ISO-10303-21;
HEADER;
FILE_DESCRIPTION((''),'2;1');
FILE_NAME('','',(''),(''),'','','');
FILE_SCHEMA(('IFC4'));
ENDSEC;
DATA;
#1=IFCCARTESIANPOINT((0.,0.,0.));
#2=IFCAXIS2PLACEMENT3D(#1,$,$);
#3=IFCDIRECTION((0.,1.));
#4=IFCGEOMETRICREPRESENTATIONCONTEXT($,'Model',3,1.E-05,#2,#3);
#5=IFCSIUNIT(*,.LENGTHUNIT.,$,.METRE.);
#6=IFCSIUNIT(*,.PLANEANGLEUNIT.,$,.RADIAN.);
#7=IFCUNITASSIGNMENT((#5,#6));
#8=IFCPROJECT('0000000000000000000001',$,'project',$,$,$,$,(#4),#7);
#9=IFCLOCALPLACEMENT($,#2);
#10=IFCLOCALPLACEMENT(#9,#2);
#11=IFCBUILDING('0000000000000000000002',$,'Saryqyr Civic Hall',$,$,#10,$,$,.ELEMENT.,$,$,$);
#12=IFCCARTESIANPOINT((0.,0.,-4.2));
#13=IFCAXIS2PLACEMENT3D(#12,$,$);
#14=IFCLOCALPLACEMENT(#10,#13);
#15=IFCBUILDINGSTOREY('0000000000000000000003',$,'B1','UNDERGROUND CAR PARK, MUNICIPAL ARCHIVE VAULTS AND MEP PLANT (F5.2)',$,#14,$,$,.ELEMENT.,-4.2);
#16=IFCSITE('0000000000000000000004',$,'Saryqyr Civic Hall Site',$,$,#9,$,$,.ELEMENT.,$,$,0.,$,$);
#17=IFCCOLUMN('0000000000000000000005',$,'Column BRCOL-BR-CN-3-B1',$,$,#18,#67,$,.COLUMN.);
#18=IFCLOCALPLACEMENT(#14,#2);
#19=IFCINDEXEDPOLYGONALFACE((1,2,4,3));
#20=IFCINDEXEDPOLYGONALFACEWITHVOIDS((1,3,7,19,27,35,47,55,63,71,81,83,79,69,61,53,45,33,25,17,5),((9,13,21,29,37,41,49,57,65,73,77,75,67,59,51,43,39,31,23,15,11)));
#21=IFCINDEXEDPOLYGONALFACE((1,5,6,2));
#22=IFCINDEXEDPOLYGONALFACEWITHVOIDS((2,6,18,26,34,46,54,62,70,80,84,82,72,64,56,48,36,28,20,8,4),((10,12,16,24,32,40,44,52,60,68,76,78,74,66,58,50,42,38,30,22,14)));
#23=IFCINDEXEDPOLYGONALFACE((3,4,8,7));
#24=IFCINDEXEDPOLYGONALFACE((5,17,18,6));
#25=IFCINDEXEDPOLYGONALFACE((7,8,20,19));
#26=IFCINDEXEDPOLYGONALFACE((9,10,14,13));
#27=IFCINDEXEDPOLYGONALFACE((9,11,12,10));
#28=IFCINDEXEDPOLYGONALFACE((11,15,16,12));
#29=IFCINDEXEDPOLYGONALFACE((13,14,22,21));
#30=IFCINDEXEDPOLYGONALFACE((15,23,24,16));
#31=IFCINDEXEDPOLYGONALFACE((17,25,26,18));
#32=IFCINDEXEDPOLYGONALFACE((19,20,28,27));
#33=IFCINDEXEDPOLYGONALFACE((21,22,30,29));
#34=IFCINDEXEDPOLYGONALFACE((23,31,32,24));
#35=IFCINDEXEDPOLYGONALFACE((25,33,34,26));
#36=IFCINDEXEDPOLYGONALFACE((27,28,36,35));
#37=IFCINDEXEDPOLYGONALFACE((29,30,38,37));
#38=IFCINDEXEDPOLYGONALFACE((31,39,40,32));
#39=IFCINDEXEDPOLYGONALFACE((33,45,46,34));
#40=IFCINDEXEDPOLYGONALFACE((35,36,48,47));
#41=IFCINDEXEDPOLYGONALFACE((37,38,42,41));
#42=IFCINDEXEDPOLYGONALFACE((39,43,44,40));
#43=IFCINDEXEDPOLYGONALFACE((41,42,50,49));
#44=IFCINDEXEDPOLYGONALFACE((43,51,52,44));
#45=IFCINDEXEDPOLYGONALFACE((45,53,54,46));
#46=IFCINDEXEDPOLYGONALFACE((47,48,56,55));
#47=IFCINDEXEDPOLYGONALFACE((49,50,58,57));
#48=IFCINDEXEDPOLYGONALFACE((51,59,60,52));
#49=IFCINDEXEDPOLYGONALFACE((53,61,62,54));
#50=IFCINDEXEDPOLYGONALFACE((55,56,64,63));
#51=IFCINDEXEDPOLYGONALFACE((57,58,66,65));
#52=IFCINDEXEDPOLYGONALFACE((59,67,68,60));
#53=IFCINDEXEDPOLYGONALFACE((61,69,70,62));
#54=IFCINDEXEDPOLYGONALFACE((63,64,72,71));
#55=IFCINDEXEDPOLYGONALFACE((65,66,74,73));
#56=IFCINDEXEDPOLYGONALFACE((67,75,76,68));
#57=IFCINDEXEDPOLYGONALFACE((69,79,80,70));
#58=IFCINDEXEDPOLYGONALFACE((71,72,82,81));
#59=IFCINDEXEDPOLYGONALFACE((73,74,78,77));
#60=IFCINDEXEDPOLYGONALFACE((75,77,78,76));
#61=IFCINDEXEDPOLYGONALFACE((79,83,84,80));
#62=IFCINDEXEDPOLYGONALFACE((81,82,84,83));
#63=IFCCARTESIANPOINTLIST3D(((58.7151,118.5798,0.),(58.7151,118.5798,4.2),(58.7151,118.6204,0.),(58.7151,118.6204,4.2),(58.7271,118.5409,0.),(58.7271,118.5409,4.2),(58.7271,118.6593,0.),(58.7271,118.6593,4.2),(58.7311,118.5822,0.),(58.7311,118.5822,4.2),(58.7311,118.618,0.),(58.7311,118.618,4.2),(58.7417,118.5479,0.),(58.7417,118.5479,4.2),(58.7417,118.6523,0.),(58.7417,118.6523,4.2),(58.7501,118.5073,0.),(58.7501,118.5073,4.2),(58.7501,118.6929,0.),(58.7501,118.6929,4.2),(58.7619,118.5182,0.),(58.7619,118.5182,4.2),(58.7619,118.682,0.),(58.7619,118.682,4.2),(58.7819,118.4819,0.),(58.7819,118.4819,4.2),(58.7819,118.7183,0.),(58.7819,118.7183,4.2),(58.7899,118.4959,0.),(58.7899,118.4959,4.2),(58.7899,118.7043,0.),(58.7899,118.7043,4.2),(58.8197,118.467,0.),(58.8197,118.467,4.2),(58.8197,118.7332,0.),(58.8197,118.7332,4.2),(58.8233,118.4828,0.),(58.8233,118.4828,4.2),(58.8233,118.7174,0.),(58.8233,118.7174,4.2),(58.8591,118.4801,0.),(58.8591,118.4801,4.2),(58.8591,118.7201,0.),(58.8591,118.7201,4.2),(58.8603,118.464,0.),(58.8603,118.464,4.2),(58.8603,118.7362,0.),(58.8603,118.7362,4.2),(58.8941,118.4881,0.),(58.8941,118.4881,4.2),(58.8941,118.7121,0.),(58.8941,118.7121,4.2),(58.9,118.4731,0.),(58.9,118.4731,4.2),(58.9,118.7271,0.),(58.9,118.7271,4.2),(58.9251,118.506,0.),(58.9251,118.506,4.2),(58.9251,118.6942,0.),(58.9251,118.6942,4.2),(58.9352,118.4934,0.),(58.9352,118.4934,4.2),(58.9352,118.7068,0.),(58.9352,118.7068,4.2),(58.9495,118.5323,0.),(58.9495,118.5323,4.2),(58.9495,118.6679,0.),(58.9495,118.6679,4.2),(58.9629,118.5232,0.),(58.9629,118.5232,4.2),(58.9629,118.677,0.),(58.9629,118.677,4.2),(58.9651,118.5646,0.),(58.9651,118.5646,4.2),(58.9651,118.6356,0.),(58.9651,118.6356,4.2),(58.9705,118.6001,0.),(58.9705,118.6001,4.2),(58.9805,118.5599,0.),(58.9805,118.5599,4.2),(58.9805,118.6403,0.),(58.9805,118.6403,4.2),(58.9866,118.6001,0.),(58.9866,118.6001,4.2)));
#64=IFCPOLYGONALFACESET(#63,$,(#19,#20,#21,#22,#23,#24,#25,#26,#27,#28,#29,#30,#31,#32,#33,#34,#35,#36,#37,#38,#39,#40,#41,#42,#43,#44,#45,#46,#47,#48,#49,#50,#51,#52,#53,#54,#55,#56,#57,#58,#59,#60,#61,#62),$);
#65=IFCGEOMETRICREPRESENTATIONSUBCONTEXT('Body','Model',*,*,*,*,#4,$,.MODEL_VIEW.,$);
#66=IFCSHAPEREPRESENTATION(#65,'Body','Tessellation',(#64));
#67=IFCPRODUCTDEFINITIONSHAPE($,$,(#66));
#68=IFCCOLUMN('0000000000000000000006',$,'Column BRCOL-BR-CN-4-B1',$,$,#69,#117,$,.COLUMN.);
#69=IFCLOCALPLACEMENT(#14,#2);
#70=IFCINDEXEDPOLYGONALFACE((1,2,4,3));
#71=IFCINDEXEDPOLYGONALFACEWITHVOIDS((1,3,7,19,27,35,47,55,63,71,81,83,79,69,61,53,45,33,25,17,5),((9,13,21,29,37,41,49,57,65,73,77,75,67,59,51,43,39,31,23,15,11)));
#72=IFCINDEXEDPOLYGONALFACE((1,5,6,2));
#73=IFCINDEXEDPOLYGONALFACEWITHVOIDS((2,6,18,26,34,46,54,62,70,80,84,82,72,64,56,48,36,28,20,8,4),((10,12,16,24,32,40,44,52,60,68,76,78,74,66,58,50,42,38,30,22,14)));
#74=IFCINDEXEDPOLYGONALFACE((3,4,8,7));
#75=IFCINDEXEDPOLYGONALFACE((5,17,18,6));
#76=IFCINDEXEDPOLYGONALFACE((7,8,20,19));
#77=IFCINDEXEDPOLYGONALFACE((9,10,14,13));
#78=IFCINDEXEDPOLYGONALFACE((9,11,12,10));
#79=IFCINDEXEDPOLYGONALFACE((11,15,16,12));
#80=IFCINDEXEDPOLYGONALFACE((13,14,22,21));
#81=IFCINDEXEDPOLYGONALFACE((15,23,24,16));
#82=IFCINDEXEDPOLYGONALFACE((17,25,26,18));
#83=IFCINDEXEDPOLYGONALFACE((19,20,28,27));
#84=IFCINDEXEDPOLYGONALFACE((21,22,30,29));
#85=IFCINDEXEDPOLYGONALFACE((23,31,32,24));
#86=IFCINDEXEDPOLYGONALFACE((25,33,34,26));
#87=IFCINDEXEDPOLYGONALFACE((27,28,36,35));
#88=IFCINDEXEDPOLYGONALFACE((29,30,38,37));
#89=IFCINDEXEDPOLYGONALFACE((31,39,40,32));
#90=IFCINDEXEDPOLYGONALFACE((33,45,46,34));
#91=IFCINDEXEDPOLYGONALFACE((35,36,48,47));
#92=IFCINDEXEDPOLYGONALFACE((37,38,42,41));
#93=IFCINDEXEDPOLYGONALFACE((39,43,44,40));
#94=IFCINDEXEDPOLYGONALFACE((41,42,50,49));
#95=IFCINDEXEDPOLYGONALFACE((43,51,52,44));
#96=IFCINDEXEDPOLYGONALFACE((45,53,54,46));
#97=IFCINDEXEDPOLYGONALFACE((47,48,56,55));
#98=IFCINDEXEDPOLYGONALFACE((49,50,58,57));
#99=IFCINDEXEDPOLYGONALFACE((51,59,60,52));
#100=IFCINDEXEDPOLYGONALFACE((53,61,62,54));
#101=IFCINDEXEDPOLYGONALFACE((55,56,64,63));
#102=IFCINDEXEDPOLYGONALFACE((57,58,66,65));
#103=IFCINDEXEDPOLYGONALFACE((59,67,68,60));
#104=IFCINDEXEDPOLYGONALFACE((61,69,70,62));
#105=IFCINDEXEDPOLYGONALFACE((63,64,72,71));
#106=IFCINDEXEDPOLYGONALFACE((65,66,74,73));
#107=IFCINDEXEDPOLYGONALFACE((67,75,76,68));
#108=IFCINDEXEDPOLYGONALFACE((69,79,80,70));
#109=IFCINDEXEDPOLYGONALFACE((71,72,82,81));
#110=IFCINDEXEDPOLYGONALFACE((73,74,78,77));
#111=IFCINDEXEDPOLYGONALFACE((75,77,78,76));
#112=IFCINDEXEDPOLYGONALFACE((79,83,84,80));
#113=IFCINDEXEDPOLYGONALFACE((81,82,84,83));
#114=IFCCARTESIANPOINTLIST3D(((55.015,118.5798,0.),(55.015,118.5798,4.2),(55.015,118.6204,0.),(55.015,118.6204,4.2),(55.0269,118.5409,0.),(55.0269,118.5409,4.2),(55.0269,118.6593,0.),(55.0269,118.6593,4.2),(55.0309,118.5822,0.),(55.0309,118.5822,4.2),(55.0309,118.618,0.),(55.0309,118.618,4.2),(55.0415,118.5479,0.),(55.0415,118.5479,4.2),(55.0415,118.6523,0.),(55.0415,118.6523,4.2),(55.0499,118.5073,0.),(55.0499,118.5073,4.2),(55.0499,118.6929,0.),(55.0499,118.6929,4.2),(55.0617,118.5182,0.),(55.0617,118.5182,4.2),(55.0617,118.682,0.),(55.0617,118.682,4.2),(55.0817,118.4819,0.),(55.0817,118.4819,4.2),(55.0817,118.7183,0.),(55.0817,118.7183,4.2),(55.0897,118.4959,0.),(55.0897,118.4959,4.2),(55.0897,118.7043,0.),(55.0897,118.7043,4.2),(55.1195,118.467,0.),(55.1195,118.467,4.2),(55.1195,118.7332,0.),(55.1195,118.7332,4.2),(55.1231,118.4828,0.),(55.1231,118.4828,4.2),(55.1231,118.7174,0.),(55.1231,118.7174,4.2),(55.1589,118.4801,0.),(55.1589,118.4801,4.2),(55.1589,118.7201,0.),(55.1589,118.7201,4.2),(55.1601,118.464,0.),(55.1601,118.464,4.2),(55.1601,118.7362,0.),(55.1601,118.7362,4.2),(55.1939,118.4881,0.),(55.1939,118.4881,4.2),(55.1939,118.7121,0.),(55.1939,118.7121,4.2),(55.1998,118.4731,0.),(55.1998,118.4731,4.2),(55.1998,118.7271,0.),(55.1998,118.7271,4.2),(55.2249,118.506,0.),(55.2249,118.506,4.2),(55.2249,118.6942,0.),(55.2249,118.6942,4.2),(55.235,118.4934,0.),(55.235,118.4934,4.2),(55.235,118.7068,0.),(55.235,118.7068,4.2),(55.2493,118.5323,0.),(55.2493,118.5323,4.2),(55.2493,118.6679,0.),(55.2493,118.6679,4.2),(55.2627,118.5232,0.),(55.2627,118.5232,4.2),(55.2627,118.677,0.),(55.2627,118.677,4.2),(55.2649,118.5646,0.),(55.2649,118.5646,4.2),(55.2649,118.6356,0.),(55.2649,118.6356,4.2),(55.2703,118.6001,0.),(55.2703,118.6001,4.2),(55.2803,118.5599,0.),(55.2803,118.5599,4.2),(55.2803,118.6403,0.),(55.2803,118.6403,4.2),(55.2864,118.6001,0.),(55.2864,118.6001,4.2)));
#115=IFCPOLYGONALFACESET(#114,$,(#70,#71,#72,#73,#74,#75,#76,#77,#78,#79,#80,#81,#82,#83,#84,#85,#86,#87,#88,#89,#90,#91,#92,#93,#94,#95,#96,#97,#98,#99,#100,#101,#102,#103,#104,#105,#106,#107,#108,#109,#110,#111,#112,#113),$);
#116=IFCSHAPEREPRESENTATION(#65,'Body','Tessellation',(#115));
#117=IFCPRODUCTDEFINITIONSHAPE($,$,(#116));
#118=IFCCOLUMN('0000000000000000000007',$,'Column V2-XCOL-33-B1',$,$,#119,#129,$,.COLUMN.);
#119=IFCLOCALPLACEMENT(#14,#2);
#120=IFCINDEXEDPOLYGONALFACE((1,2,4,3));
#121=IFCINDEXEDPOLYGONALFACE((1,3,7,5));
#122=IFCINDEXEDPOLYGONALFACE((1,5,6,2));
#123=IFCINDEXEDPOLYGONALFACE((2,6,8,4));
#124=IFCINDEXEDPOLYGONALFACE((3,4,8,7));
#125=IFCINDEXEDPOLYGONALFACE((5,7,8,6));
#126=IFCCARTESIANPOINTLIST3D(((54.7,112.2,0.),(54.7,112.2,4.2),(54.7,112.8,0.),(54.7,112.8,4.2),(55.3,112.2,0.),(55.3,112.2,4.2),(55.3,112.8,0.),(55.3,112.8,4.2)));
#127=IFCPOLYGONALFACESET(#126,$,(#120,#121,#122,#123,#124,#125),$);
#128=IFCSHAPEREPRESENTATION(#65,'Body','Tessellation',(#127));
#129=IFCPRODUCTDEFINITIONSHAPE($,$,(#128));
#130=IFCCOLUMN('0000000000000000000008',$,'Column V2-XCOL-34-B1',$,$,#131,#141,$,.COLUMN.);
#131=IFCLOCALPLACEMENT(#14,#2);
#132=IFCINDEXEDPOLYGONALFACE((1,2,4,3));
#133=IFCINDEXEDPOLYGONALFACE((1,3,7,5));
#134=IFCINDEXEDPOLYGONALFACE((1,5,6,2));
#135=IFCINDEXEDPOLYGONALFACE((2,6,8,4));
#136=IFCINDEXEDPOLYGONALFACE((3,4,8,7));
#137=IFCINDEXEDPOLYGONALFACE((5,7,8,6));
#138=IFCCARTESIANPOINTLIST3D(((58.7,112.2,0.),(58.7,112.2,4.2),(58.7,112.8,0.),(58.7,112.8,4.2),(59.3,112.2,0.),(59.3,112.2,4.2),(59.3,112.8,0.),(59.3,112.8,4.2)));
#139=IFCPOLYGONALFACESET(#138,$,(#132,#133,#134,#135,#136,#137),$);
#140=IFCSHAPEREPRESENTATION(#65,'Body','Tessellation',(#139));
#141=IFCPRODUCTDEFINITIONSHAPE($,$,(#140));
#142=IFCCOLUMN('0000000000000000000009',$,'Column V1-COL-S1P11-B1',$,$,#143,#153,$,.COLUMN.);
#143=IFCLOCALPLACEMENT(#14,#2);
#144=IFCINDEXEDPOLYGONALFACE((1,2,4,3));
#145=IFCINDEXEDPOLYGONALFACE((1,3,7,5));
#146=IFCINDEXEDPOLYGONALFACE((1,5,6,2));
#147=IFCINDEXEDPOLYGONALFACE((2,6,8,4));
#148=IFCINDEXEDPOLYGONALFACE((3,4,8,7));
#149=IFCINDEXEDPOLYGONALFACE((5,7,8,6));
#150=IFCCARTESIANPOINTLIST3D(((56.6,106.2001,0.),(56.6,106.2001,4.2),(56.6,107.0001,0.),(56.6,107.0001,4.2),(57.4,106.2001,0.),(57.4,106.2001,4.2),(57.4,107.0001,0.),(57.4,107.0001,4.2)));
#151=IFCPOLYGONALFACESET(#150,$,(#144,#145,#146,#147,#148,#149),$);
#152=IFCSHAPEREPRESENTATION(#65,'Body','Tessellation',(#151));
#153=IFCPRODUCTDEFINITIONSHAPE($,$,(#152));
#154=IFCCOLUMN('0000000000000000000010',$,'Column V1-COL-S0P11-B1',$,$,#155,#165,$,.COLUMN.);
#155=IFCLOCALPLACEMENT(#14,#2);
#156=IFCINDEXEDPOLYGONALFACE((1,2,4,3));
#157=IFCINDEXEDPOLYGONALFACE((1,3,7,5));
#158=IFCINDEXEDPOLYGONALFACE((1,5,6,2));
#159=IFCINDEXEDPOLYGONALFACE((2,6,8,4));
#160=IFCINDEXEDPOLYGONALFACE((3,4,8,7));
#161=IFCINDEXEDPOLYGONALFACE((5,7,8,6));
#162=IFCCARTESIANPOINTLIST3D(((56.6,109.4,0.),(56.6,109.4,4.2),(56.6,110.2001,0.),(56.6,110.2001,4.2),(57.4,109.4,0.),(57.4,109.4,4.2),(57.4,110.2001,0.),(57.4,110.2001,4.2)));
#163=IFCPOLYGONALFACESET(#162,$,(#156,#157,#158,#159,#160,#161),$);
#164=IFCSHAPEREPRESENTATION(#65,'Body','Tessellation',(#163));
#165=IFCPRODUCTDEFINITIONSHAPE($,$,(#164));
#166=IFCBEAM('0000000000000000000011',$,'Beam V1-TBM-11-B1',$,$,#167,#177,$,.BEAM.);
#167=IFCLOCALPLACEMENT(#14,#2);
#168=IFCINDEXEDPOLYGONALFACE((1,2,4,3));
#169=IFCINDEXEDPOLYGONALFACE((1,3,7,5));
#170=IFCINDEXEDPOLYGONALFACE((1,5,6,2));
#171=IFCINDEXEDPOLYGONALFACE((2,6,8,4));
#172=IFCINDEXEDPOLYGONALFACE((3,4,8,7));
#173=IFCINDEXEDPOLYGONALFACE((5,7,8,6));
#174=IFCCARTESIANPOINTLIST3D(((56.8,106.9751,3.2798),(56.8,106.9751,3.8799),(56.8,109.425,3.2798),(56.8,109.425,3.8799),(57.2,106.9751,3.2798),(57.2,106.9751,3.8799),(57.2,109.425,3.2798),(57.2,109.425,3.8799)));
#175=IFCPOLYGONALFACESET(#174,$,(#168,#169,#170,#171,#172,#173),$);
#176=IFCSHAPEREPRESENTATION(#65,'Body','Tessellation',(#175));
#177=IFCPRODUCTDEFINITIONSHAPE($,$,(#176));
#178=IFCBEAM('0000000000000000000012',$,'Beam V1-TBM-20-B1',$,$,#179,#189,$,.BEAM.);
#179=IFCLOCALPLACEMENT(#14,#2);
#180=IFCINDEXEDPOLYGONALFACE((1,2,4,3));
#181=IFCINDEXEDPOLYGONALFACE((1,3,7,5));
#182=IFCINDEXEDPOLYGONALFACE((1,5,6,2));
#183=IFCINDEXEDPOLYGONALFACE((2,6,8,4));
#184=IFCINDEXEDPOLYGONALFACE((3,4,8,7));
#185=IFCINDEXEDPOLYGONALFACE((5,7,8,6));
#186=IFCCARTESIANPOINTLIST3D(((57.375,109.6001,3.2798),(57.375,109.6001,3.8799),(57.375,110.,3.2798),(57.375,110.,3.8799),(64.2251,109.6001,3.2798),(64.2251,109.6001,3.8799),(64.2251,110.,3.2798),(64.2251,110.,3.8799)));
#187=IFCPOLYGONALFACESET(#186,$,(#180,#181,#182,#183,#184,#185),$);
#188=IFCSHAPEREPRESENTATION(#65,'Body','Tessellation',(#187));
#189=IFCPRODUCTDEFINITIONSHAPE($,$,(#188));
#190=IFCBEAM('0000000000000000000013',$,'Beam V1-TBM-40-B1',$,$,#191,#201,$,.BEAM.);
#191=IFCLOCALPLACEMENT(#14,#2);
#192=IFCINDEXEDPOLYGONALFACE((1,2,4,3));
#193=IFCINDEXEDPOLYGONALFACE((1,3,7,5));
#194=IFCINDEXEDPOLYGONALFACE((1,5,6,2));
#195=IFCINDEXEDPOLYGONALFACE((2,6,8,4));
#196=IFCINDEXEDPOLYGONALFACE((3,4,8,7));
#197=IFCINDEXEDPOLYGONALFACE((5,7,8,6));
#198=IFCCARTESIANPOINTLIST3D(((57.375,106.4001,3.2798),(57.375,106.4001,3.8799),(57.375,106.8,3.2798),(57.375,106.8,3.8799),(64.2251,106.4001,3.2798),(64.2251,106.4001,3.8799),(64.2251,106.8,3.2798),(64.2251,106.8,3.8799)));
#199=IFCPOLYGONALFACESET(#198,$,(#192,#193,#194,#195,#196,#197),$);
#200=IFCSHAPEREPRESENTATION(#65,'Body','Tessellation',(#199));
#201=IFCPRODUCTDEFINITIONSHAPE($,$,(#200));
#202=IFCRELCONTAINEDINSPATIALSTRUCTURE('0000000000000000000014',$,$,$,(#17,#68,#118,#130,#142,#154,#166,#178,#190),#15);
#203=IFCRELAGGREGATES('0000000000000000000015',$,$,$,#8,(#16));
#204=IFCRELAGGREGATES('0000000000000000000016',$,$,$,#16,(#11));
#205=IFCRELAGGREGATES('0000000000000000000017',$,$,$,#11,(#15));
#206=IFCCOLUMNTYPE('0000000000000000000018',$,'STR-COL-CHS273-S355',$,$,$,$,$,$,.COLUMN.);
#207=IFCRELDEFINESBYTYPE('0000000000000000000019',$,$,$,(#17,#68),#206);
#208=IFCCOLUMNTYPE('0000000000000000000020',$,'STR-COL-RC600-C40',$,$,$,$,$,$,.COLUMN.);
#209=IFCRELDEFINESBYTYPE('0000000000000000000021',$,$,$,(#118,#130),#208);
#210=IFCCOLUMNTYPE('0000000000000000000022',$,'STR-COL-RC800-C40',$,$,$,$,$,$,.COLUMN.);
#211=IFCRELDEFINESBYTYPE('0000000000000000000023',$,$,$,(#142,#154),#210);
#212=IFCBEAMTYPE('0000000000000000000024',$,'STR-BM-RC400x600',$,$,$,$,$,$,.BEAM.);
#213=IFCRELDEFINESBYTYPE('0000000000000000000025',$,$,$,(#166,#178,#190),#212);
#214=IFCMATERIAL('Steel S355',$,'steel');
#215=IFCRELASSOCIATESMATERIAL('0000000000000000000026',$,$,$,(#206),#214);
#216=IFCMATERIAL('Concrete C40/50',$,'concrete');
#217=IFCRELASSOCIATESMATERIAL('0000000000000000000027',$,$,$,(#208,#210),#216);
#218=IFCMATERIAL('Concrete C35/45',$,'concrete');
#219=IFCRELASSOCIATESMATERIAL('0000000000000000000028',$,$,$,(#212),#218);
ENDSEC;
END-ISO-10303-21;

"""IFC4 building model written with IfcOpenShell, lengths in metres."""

from ifc_helpers import new_model, si_unit, direction, frame, origin, origin_2d, place, context, subcontext, project, spatial, rectangle, hollow_circle, extrude, material, material_profile, profile_set, type_object, element, save


model = new_model("IFC4")

# Units and contexts
model_context = context("Model", 3, precision=1e-05, world=origin(), true_north=direction((0.0, 1.0)))
body_context = subcontext(model_context, "Body", "Model", "MODEL_VIEW")
ifc_project = project(units=[si_unit("LENGTHUNIT", "METRE"), si_unit("PLANEANGLEUNIT", "RADIAN")], contexts=[model_context])

# Site, building, storey
site_placement = place(None, origin())
site = spatial("IfcSite", under=ifc_project, at=site_placement, Name="Saryqyr Civic Hall Site", CompositionType="ELEMENT", RefElevation=0.0)
building_placement = place(site_placement, origin())
building = spatial("IfcBuilding", under=site, at=building_placement, Name="Saryqyr Civic Hall", CompositionType="ELEMENT")
storey_placement = place(building_placement, frame((0.0, 0.0, -4.2)))
storey = spatial("IfcBuildingStorey", under=building, at=storey_placement, Name="B1", Description="UNDERGROUND CAR PARK, MUNICIPAL ARCHIVE VAULTS AND MEP PLANT (F5.2)", CompositionType="ELEMENT", Elevation=-4.2)

# Shared definitions
ifc_material_1 = material(Name="Concrete C35/45", Category="concrete")

# Columns
ifc_material_2 = material(Name="Steel S355", Category="steel")
ifc_material_profile_1 = material_profile(ifc_material_2, hollow_circle(Radius=0.1365, WallThickness=0.0161, at=origin_2d()), Name="CHS 273x16")
ifc_profile_set_1 = profile_set([ifc_material_profile_1], Name="Steel S355")
column_type_1 = type_object("IfcColumnType", Name="STR-COL-CHS273-S355", PredefinedType="COLUMN", material=ifc_profile_set_1)
for number, where, z_axis, x_axis, name in (
    (1, (58.8501, 118.6001, 0.0), (0.0, 0.0, 1.0), (1.0, 0.0, 0.0), "Column BRCOL-BR-CN-3-B1"),
    (2, (55.1499, 118.6001, 0.0), (0.0, 0.0, 1.0), (1.0, 0.0, 0.0), "Column BRCOL-BR-CN-4-B1"),
):
    element("IfcColumn", number, at=place(storey_placement, frame(where, z_axis=z_axis, x_axis=x_axis)), inside=storey, type_object=column_type_1, Name=name, PredefinedType="COLUMN", context=body_context, shape_type="SweptSolid", body=[
        extrude(hollow_circle(Radius=0.1365, WallThickness=0.0161, at=origin_2d()), origin(), (0.0, 0.0, 1.0), 4.2),
    ])
ifc_material_3 = material(Name="Concrete C40/50", Category="concrete")
ifc_material_profile_2 = material_profile(ifc_material_3, rectangle(XDim=0.6001, YDim=0.6001, at=origin_2d()), Name="RC 600x600")
ifc_profile_set_2 = profile_set([ifc_material_profile_2], Name="Concrete C40/50")
column_type_2 = type_object("IfcColumnType", Name="STR-COL-RC600-C40", PredefinedType="COLUMN", material=ifc_profile_set_2)
for number, where, z_axis, x_axis, name in (
    (3, (55.0, 112.5, 0.0), (0.0, 0.0, 1.0), (1.0, 0.0, 0.0), "Column V2-XCOL-33-B1"),
    (4, (59.0, 112.5, 0.0), (0.0, 0.0, 1.0), (1.0, 0.0, 0.0), "Column V2-XCOL-34-B1"),
):
    element("IfcColumn", number, at=place(storey_placement, frame(where, z_axis=z_axis, x_axis=x_axis)), inside=storey, type_object=column_type_2, Name=name, PredefinedType="COLUMN", context=body_context, shape_type="SweptSolid", body=[
        extrude(rectangle(XDim=0.6001, YDim=0.6001, at=origin_2d()), origin(), (0.0, 0.0, 1.0), 4.2),
    ])
ifc_material_profile_3 = material_profile(ifc_material_3, rectangle(XDim=0.8, YDim=0.8, at=origin_2d()), Name="RC 800x800")
ifc_profile_set_3 = profile_set([ifc_material_profile_3], Name="Concrete C40/50")
column_type_3 = type_object("IfcColumnType", Name="STR-COL-RC800-C40", PredefinedType="COLUMN", material=ifc_profile_set_3)
for number, where, z_axis, x_axis, name in (
    (5, (57.0, 106.6001, 0.0), (0.0, 0.0, 1.0), (1.0, 0.0, 0.0), "Column V1-COL-S1P11-B1"),
    (6, (57.0, 109.8, 0.0), (0.0, 0.0, 1.0), (1.0, 0.0, 0.0), "Column V1-COL-S0P11-B1"),
):
    element("IfcColumn", number, at=place(storey_placement, frame(where, z_axis=z_axis, x_axis=x_axis)), inside=storey, type_object=column_type_3, Name=name, PredefinedType="COLUMN", context=body_context, shape_type="SweptSolid", body=[
        extrude(rectangle(XDim=0.8, YDim=0.8, at=origin_2d()), origin(), (0.0, 0.0, 1.0), 4.2),
    ])

# Beams
ifc_material_profile_4 = material_profile(ifc_material_1, rectangle(XDim=0.3999, YDim=0.6001, at=origin_2d()), Name="RC 400x600")
ifc_profile_set_4 = profile_set([ifc_material_profile_4], Name="Concrete C35/45")
beam_type = type_object("IfcBeamType", Name="STR-BM-RC400x600", PredefinedType="BEAM", material=ifc_profile_set_4)
beam_placement = place(storey_placement, frame((57.0, 106.9751, 3.5798), z_axis=(0.0, 1.0, 0.0), x_axis=(-1.0, 0.0, 0.0)))
element("IfcBeam", 7, at=beam_placement, inside=storey, type_object=beam_type, Name="Beam V1-TBM-11-B1", PredefinedType="BEAM", context=body_context, shape_type="SweptSolid", body=[
    extrude(rectangle(XDim=0.3999, YDim=0.6001, at=origin_2d()), origin(), (0.0, 0.0, 1.0), 2.45),
])
for number, where, z_axis, x_axis, name in (
    (8, (57.375, 109.8, 3.5798), (1.0, 0.0, 0.0), (0.0, 1.0, 0.0), "Beam V1-TBM-20-B1"),
    (9, (57.375, 106.6001, 3.5798), (1.0, 0.0, 0.0), (0.0, 1.0, 0.0), "Beam V1-TBM-40-B1"),
):
    element("IfcBeam", number, at=place(storey_placement, frame(where, z_axis=z_axis, x_axis=x_axis)), inside=storey, type_object=beam_type, Name=name, PredefinedType="BEAM", context=body_context, shape_type="SweptSolid", body=[
        extrude(rectangle(XDim=0.3999, YDim=0.6001, at=origin_2d()), origin(), (0.0, 0.0, 1.0), 6.8501),
    ])

save(model, "model.ifc")
